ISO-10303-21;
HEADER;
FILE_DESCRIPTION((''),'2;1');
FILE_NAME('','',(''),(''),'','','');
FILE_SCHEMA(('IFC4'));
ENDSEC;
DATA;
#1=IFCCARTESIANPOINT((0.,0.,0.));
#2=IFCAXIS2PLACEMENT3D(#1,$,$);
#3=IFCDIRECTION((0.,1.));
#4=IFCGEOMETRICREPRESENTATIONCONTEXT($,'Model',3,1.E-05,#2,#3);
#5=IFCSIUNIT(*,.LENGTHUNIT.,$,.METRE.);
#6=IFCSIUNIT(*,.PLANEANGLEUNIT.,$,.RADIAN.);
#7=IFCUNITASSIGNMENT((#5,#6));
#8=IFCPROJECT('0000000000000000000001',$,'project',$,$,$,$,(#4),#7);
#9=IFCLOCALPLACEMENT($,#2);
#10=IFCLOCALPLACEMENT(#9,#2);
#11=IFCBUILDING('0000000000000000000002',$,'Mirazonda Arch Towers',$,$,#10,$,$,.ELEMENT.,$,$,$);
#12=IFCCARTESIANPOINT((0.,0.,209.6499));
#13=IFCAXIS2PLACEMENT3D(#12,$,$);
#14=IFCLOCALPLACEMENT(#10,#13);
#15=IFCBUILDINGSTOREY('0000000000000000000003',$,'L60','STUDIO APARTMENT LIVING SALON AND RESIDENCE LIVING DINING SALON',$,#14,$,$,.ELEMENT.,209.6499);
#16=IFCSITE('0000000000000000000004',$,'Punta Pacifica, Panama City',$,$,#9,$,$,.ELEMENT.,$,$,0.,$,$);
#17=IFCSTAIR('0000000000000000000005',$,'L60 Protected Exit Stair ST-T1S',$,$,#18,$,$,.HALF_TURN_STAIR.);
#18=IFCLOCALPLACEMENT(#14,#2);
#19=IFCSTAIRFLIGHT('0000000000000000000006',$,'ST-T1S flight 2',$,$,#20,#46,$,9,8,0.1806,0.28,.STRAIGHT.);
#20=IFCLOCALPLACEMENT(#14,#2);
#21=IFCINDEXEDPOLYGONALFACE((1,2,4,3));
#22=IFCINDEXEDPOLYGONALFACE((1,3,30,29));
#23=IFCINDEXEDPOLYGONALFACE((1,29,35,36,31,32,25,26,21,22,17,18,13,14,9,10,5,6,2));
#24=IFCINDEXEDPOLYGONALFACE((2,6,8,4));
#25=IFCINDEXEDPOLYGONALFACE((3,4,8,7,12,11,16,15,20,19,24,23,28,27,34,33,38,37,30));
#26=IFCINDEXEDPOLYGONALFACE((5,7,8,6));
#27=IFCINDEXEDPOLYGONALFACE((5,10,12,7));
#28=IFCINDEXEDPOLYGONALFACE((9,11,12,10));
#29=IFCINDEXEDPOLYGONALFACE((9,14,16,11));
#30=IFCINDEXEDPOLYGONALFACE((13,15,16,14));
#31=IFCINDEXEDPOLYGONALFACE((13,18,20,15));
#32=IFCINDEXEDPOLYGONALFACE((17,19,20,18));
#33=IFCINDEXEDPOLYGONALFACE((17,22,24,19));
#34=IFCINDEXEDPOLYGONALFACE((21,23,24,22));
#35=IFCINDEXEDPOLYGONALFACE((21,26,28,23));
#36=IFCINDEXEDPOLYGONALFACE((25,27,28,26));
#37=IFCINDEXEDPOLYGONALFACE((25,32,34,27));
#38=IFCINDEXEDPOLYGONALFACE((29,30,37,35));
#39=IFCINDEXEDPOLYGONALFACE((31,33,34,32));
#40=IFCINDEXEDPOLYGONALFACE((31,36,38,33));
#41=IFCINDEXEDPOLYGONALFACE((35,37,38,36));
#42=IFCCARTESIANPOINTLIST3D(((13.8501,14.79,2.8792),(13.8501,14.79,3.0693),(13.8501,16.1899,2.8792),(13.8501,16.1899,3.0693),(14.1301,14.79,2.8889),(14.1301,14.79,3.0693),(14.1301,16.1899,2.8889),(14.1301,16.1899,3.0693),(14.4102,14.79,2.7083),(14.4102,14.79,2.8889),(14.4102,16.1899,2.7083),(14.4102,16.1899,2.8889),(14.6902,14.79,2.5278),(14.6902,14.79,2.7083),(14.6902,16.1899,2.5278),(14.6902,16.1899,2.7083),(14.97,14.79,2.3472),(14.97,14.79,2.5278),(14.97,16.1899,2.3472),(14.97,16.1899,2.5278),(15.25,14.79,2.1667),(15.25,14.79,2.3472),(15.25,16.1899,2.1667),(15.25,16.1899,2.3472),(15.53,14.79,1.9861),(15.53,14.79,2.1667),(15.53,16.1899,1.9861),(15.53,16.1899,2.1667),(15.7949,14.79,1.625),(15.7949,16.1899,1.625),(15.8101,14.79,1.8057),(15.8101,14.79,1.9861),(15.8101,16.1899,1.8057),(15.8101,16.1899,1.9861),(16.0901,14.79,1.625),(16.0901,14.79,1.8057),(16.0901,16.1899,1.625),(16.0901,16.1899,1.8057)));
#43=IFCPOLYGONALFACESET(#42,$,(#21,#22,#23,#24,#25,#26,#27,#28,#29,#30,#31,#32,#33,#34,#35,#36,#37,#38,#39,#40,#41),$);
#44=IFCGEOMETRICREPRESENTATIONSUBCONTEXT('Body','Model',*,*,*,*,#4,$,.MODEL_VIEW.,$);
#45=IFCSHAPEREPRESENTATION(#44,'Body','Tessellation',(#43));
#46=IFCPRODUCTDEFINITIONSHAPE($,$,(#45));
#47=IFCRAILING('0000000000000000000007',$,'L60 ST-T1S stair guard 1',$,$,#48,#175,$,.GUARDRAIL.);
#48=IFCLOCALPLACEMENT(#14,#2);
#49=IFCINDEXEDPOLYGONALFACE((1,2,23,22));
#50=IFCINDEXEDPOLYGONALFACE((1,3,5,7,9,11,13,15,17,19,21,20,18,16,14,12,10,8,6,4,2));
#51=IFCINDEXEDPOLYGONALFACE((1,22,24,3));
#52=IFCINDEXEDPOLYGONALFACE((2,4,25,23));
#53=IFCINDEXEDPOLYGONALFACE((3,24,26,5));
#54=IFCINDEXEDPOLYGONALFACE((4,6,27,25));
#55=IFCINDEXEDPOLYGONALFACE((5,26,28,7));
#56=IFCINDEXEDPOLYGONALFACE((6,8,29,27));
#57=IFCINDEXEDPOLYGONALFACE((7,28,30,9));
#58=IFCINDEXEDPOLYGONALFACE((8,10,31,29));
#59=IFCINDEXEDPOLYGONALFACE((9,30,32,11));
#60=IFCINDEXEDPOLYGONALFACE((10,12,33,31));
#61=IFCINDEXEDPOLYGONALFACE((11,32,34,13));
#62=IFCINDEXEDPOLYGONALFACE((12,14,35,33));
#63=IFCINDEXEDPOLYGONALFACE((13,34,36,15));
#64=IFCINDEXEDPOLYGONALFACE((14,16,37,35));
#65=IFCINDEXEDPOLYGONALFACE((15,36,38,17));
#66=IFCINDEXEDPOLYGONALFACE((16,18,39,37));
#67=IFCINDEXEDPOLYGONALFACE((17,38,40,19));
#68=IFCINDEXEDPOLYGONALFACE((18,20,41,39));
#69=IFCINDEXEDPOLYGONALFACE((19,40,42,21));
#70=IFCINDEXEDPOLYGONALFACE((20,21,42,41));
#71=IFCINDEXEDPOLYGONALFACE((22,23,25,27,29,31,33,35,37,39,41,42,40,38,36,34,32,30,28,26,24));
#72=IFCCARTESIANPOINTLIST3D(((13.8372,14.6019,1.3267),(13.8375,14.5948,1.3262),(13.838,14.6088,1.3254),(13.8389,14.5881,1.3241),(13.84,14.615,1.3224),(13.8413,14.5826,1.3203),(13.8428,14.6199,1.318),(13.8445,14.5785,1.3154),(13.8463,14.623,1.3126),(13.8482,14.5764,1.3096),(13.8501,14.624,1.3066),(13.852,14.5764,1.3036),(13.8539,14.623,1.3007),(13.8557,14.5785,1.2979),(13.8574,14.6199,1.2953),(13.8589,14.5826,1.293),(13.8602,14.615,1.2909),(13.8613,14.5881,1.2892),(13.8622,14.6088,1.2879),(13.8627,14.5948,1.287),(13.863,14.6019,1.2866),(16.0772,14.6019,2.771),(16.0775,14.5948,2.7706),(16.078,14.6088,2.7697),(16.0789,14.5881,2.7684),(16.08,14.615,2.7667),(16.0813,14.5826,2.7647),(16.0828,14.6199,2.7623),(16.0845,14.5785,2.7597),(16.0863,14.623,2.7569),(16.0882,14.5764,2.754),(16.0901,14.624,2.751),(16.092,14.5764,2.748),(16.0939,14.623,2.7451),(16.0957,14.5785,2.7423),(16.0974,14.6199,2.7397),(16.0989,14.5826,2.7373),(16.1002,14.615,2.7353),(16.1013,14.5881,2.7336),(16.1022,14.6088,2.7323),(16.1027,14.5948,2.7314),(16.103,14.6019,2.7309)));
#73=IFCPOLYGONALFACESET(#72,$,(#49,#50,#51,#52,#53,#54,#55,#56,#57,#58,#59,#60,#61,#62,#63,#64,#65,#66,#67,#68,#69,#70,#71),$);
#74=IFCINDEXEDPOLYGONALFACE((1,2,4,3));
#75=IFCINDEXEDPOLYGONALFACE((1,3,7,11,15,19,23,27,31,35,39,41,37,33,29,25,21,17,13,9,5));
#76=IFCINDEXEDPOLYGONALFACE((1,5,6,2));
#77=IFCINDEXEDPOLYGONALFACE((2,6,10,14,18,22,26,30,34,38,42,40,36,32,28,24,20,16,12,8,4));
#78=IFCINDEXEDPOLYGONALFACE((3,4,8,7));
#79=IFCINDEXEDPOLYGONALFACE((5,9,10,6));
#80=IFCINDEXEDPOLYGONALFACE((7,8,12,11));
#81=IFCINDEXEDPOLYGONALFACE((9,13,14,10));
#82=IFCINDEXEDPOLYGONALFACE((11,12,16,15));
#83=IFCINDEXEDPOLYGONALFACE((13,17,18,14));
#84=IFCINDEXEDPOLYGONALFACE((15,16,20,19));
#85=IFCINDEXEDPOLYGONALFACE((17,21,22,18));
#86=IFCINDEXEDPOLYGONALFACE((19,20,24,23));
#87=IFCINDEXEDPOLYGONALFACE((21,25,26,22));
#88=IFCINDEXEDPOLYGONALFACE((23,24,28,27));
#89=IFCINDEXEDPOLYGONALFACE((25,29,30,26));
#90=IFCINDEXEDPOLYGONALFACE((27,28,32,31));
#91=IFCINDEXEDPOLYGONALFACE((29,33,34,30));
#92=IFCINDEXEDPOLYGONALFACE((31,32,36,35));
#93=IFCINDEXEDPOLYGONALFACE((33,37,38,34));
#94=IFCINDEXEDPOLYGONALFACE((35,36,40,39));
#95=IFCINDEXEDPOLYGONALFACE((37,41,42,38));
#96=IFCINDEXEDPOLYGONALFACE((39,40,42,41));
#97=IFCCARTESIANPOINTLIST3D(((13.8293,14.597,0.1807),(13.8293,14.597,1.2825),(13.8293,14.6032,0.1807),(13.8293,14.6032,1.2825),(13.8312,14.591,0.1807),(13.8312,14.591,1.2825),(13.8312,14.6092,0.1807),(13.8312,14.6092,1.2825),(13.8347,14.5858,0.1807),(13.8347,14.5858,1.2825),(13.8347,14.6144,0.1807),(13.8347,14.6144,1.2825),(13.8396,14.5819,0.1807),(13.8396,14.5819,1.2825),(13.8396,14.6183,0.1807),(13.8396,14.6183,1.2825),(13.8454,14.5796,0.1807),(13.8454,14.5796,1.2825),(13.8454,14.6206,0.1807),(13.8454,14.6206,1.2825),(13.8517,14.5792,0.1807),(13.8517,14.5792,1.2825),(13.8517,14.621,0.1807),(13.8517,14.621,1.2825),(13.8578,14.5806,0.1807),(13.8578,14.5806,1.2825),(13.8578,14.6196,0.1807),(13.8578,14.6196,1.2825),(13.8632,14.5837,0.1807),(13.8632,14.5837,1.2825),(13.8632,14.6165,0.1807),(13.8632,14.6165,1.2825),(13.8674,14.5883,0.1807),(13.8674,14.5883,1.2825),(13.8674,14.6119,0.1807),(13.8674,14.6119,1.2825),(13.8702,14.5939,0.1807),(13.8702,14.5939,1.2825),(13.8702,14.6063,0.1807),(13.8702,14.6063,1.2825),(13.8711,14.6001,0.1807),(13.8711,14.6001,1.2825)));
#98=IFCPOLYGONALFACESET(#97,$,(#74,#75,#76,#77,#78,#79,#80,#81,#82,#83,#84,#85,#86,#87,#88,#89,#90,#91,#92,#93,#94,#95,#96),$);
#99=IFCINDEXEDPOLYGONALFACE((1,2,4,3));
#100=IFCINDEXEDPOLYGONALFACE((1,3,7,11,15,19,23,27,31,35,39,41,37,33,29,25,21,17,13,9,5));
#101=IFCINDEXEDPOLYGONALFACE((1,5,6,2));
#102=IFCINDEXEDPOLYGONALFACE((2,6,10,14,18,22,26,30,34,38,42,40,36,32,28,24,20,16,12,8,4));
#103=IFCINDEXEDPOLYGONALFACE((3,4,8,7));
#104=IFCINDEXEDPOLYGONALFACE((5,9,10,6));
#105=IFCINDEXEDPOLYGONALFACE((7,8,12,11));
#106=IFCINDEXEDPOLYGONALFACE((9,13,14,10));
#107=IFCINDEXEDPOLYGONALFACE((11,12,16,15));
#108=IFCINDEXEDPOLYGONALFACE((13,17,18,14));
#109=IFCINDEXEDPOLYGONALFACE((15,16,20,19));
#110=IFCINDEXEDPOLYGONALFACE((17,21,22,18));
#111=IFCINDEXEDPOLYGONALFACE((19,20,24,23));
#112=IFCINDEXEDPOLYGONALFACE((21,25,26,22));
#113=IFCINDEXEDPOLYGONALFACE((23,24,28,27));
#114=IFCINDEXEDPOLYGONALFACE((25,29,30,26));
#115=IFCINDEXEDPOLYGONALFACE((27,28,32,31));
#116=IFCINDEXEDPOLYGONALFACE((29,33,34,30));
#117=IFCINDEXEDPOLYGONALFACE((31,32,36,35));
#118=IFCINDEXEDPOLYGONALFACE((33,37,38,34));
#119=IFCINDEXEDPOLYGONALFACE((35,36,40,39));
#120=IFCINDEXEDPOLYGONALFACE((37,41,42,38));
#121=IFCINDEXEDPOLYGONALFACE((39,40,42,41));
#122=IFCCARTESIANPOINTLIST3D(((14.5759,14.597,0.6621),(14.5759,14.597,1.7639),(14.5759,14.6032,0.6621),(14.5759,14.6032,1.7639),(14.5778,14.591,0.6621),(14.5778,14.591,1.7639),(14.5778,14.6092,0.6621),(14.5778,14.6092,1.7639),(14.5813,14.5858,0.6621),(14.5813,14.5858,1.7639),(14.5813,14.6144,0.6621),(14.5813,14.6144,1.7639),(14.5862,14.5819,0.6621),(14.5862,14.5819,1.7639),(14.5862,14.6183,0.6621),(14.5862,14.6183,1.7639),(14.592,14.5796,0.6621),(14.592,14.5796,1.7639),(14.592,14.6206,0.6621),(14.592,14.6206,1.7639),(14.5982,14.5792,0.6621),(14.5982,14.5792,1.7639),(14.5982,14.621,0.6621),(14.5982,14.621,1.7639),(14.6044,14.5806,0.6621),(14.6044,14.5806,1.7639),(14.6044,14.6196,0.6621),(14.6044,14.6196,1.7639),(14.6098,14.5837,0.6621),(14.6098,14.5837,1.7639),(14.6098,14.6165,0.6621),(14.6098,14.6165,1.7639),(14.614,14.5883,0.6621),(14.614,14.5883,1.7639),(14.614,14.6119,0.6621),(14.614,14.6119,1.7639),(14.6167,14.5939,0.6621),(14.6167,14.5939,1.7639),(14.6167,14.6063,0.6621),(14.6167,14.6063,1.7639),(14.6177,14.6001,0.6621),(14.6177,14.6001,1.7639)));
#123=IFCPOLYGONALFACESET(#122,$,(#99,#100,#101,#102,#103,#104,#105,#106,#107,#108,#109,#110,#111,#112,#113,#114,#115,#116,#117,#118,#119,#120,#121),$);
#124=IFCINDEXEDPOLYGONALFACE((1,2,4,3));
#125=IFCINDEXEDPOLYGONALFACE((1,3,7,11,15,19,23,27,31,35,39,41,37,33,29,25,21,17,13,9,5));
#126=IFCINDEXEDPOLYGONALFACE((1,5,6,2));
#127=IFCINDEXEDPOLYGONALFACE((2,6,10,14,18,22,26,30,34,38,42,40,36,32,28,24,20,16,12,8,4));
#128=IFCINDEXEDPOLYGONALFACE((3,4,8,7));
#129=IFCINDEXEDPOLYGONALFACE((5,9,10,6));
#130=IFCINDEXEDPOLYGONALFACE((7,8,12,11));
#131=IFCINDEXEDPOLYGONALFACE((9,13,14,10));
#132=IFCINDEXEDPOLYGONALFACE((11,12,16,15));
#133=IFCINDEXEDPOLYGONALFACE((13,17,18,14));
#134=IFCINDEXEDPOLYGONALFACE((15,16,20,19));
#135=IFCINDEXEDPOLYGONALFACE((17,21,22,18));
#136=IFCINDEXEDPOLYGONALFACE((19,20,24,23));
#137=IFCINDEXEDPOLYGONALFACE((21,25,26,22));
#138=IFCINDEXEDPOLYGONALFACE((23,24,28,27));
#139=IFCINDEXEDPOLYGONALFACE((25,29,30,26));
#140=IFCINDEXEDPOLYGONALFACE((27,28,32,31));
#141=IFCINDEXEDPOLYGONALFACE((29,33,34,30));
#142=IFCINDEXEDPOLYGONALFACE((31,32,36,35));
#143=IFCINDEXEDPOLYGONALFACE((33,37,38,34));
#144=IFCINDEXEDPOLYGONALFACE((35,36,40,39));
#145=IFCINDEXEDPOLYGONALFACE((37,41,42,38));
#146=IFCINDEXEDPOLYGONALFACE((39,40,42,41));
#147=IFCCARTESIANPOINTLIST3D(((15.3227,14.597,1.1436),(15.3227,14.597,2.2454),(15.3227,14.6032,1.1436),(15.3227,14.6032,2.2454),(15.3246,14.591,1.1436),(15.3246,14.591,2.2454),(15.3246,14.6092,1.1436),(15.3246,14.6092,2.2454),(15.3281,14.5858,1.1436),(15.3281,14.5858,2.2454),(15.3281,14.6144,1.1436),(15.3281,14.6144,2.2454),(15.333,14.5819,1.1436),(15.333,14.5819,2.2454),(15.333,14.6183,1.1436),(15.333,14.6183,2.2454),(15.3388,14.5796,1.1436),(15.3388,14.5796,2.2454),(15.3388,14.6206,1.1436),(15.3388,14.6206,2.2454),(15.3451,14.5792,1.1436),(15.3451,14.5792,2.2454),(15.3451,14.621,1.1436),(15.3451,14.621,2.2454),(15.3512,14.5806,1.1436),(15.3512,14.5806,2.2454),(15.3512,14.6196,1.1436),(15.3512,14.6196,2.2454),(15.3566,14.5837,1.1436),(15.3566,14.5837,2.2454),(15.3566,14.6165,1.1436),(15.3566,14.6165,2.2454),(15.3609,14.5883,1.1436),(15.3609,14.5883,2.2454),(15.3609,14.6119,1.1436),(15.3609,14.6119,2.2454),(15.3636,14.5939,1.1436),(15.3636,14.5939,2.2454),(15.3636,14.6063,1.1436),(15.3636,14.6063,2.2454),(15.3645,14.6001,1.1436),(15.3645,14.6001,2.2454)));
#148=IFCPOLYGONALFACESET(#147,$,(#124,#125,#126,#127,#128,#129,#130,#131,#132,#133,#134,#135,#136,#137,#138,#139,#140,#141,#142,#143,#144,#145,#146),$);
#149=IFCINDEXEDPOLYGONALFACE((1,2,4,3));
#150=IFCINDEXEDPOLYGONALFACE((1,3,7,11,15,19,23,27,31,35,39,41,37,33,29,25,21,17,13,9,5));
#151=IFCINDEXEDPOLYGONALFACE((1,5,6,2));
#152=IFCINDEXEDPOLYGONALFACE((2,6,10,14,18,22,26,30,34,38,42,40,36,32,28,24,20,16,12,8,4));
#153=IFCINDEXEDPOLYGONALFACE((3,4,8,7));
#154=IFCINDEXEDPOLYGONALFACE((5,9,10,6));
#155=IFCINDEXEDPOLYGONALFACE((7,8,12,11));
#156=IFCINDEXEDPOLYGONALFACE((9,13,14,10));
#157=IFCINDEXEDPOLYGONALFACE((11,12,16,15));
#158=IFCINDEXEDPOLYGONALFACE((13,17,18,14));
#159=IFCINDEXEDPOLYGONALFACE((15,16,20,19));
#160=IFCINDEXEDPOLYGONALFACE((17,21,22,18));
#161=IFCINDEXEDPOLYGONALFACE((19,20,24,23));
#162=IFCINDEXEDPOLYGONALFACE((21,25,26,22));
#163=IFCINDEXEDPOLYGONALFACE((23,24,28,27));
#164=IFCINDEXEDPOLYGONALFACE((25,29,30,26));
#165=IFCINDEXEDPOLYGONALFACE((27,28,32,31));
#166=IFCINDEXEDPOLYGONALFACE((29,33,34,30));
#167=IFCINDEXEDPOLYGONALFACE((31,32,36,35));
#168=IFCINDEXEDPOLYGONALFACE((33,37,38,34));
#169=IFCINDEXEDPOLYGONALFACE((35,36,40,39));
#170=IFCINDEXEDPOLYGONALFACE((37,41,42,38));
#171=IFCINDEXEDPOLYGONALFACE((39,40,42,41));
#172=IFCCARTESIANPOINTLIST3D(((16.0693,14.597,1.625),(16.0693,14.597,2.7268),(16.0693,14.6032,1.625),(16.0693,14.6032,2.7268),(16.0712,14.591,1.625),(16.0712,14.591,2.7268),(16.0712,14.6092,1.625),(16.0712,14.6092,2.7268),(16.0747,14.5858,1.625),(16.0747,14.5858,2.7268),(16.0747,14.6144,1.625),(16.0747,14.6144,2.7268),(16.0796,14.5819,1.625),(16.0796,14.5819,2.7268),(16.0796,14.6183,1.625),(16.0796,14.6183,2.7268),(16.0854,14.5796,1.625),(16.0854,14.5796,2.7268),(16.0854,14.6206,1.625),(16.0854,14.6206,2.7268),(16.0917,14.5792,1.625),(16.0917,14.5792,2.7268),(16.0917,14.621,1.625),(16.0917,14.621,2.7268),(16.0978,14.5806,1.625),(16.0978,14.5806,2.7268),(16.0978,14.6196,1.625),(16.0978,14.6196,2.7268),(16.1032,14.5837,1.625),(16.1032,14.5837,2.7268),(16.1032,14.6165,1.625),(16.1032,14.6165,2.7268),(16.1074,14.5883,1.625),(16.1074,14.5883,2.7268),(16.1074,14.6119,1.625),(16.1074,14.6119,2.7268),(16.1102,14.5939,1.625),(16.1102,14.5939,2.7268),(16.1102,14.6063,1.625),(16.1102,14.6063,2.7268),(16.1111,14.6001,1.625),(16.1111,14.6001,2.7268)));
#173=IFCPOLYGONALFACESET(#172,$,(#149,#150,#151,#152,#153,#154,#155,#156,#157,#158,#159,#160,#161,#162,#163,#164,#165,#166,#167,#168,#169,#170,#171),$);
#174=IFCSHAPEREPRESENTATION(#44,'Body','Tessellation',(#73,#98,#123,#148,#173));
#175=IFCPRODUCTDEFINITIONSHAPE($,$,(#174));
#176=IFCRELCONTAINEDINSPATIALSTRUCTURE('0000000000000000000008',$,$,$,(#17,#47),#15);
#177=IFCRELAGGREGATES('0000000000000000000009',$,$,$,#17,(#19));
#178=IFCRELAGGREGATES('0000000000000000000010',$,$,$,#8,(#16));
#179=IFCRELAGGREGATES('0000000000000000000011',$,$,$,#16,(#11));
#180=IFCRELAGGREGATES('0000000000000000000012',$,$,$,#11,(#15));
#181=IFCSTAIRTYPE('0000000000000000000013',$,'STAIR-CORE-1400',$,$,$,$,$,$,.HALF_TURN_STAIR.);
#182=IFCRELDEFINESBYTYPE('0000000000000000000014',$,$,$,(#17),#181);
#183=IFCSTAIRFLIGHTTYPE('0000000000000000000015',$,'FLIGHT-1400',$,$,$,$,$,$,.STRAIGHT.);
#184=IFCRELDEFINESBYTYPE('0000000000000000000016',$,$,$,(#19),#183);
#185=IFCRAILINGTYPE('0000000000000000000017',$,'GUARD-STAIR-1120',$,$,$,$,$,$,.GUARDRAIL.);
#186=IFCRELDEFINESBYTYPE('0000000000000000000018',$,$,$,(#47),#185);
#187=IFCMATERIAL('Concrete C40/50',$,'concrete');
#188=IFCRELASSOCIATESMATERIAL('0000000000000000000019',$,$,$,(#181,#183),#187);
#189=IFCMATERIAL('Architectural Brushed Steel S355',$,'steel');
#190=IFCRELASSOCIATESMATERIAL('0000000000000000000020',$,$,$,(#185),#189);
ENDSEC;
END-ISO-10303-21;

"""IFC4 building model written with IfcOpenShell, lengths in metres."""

from ifc_helpers import new_model, si_unit, direction, frame, origin, origin_2d, place, context, subcontext, project, spatial, polyline, circle, outline, extrude, material, type_object, element, aggregate, save


model = new_model("IFC4")

# Units and contexts
model_context = context("Model", 3, precision=1e-05, world=origin(), true_north=direction((0.0, 1.0)))
body_context = subcontext(model_context, "Body", "Model", "MODEL_VIEW")
ifc_project = project(units=[si_unit("LENGTHUNIT", "METRE"), si_unit("PLANEANGLEUNIT", "RADIAN")], contexts=[model_context])

# Site, building, storey
site_placement = place(None, origin())
site = spatial("IfcSite", under=ifc_project, at=site_placement, Name="Punta Pacifica, Panama City", CompositionType="ELEMENT", RefElevation=0.0)
building_placement = place(site_placement, origin())
building = spatial("IfcBuilding", under=site, at=building_placement, Name="Mirazonda Arch Towers", CompositionType="ELEMENT")
storey_placement = place(building_placement, frame((0.0, 0.0, 209.6499)))
storey = spatial("IfcBuildingStorey", under=building, at=storey_placement, Name="L60", Description="STUDIO APARTMENT LIVING SALON AND RESIDENCE LIVING DINING SALON", CompositionType="ELEMENT", Elevation=209.6499)

# Shared definitions
ifc_material_1 = material(Name="Concrete C40/50", Category="concrete")

# Shared definitions
ifc_material_2 = material(Name="Architectural Brushed Steel S355", Category="steel")

# Stair, stair flight
stair_type = type_object("IfcStairType", Name="STAIR-CORE-1400", PredefinedType="HALF_TURN_STAIR", material=ifc_material_1)
stair_placement = place(storey_placement, origin())
stair = element("IfcStair", 1, at=stair_placement, inside=storey, type_object=stair_type, Name="L60 Protected Exit Stair ST-T1S", PredefinedType="HALF_TURN_STAIR")
stair_flight_type = type_object("IfcStairFlightType", Name="FLIGHT-1400", PredefinedType="STRAIGHT", material=ifc_material_1)
stair_flight_1_placement = place(storey_placement, frame((16.0901, 15.49, 1.625), z_axis=(0.0, 0.0, 1.0), x_axis=(-1.0, 0.0, 0.0)))
stair_flight_1 = element("IfcStairFlight", 2, at=stair_flight_1_placement, type_object=stair_flight_type, Name="ST-T1S flight 2", NumberOfRisers=9, NumberOfTreads=8, PredefinedType="STRAIGHT", RiserHeight=0.1806, TreadLength=0.28, context=body_context, shape_type="SweptSolid", body=[
    extrude(outline(polyline([(0.0, 0.0), (0.0, 0.1807), (0.28, 0.1807), (0.28, 0.3611), (0.5601, 0.3611), (0.5601, 0.5417), (0.8401, 0.5417), (0.8401, 0.7222), (1.1201, 0.7222), (1.1201, 0.9028), (1.3999, 0.9028), (1.3999, 1.0833), (1.6799, 1.0833), (1.6799, 1.2639), (1.96, 1.2639), (1.96, 1.4443), (2.24, 1.4443), (2.24, 1.625), (2.24, 1.2542), (0.2952, 0.0), (0.0, 0.0)])), frame((0.0, 0.7, 0.0), z_axis=(0.0, -1.0, 0.0), x_axis=(1.0, 0.0, 0.0)), (0.0, 0.0, 1.0), 1.3999),
])
aggregate(stair, [stair_flight_1])

# Railing
railing_type_1 = type_object("IfcRailingType", Name="GUARD-STAIR-1120", PredefinedType="GUARDRAIL", material=ifc_material_2)
railing_1_placement = place(storey_placement, frame((13.8501, 14.6001, 0.1807)))
element("IfcRailing", 3, at=railing_1_placement, inside=storey, type_object=railing_type_1, Name="L60 ST-T1S stair guard 1", PredefinedType="GUARDRAIL", context=body_context, shape_type="SweptSolid", body=[
    extrude(circle(Radius=0.0239, at=origin_2d()), frame((0.0, 0.0, 1.126), z_axis=(0.840437, 0.0, 0.54191), x_axis=(0.0, 1.0, 0.0)), (0.0, 0.0, 1.0), 2.6653),
    extrude(circle(Radius=0.021, at=origin_2d()), origin(), (0.0, 0.0, 1.0), 1.1018),
    extrude(circle(Radius=0.021, at=origin_2d()), frame((0.7466, 0.0, 0.4814)), (0.0, 0.0, 1.0), 1.1018),
    extrude(circle(Radius=0.021, at=origin_2d()), frame((1.4934, 0.0, 0.9629)), (0.0, 0.0, 1.0), 1.1018),
    extrude(circle(Radius=0.021, at=origin_2d()), frame((2.24, 0.0, 1.4443)), (0.0, 0.0, 1.0), 1.1018),
])

save(model, "model.ifc")
